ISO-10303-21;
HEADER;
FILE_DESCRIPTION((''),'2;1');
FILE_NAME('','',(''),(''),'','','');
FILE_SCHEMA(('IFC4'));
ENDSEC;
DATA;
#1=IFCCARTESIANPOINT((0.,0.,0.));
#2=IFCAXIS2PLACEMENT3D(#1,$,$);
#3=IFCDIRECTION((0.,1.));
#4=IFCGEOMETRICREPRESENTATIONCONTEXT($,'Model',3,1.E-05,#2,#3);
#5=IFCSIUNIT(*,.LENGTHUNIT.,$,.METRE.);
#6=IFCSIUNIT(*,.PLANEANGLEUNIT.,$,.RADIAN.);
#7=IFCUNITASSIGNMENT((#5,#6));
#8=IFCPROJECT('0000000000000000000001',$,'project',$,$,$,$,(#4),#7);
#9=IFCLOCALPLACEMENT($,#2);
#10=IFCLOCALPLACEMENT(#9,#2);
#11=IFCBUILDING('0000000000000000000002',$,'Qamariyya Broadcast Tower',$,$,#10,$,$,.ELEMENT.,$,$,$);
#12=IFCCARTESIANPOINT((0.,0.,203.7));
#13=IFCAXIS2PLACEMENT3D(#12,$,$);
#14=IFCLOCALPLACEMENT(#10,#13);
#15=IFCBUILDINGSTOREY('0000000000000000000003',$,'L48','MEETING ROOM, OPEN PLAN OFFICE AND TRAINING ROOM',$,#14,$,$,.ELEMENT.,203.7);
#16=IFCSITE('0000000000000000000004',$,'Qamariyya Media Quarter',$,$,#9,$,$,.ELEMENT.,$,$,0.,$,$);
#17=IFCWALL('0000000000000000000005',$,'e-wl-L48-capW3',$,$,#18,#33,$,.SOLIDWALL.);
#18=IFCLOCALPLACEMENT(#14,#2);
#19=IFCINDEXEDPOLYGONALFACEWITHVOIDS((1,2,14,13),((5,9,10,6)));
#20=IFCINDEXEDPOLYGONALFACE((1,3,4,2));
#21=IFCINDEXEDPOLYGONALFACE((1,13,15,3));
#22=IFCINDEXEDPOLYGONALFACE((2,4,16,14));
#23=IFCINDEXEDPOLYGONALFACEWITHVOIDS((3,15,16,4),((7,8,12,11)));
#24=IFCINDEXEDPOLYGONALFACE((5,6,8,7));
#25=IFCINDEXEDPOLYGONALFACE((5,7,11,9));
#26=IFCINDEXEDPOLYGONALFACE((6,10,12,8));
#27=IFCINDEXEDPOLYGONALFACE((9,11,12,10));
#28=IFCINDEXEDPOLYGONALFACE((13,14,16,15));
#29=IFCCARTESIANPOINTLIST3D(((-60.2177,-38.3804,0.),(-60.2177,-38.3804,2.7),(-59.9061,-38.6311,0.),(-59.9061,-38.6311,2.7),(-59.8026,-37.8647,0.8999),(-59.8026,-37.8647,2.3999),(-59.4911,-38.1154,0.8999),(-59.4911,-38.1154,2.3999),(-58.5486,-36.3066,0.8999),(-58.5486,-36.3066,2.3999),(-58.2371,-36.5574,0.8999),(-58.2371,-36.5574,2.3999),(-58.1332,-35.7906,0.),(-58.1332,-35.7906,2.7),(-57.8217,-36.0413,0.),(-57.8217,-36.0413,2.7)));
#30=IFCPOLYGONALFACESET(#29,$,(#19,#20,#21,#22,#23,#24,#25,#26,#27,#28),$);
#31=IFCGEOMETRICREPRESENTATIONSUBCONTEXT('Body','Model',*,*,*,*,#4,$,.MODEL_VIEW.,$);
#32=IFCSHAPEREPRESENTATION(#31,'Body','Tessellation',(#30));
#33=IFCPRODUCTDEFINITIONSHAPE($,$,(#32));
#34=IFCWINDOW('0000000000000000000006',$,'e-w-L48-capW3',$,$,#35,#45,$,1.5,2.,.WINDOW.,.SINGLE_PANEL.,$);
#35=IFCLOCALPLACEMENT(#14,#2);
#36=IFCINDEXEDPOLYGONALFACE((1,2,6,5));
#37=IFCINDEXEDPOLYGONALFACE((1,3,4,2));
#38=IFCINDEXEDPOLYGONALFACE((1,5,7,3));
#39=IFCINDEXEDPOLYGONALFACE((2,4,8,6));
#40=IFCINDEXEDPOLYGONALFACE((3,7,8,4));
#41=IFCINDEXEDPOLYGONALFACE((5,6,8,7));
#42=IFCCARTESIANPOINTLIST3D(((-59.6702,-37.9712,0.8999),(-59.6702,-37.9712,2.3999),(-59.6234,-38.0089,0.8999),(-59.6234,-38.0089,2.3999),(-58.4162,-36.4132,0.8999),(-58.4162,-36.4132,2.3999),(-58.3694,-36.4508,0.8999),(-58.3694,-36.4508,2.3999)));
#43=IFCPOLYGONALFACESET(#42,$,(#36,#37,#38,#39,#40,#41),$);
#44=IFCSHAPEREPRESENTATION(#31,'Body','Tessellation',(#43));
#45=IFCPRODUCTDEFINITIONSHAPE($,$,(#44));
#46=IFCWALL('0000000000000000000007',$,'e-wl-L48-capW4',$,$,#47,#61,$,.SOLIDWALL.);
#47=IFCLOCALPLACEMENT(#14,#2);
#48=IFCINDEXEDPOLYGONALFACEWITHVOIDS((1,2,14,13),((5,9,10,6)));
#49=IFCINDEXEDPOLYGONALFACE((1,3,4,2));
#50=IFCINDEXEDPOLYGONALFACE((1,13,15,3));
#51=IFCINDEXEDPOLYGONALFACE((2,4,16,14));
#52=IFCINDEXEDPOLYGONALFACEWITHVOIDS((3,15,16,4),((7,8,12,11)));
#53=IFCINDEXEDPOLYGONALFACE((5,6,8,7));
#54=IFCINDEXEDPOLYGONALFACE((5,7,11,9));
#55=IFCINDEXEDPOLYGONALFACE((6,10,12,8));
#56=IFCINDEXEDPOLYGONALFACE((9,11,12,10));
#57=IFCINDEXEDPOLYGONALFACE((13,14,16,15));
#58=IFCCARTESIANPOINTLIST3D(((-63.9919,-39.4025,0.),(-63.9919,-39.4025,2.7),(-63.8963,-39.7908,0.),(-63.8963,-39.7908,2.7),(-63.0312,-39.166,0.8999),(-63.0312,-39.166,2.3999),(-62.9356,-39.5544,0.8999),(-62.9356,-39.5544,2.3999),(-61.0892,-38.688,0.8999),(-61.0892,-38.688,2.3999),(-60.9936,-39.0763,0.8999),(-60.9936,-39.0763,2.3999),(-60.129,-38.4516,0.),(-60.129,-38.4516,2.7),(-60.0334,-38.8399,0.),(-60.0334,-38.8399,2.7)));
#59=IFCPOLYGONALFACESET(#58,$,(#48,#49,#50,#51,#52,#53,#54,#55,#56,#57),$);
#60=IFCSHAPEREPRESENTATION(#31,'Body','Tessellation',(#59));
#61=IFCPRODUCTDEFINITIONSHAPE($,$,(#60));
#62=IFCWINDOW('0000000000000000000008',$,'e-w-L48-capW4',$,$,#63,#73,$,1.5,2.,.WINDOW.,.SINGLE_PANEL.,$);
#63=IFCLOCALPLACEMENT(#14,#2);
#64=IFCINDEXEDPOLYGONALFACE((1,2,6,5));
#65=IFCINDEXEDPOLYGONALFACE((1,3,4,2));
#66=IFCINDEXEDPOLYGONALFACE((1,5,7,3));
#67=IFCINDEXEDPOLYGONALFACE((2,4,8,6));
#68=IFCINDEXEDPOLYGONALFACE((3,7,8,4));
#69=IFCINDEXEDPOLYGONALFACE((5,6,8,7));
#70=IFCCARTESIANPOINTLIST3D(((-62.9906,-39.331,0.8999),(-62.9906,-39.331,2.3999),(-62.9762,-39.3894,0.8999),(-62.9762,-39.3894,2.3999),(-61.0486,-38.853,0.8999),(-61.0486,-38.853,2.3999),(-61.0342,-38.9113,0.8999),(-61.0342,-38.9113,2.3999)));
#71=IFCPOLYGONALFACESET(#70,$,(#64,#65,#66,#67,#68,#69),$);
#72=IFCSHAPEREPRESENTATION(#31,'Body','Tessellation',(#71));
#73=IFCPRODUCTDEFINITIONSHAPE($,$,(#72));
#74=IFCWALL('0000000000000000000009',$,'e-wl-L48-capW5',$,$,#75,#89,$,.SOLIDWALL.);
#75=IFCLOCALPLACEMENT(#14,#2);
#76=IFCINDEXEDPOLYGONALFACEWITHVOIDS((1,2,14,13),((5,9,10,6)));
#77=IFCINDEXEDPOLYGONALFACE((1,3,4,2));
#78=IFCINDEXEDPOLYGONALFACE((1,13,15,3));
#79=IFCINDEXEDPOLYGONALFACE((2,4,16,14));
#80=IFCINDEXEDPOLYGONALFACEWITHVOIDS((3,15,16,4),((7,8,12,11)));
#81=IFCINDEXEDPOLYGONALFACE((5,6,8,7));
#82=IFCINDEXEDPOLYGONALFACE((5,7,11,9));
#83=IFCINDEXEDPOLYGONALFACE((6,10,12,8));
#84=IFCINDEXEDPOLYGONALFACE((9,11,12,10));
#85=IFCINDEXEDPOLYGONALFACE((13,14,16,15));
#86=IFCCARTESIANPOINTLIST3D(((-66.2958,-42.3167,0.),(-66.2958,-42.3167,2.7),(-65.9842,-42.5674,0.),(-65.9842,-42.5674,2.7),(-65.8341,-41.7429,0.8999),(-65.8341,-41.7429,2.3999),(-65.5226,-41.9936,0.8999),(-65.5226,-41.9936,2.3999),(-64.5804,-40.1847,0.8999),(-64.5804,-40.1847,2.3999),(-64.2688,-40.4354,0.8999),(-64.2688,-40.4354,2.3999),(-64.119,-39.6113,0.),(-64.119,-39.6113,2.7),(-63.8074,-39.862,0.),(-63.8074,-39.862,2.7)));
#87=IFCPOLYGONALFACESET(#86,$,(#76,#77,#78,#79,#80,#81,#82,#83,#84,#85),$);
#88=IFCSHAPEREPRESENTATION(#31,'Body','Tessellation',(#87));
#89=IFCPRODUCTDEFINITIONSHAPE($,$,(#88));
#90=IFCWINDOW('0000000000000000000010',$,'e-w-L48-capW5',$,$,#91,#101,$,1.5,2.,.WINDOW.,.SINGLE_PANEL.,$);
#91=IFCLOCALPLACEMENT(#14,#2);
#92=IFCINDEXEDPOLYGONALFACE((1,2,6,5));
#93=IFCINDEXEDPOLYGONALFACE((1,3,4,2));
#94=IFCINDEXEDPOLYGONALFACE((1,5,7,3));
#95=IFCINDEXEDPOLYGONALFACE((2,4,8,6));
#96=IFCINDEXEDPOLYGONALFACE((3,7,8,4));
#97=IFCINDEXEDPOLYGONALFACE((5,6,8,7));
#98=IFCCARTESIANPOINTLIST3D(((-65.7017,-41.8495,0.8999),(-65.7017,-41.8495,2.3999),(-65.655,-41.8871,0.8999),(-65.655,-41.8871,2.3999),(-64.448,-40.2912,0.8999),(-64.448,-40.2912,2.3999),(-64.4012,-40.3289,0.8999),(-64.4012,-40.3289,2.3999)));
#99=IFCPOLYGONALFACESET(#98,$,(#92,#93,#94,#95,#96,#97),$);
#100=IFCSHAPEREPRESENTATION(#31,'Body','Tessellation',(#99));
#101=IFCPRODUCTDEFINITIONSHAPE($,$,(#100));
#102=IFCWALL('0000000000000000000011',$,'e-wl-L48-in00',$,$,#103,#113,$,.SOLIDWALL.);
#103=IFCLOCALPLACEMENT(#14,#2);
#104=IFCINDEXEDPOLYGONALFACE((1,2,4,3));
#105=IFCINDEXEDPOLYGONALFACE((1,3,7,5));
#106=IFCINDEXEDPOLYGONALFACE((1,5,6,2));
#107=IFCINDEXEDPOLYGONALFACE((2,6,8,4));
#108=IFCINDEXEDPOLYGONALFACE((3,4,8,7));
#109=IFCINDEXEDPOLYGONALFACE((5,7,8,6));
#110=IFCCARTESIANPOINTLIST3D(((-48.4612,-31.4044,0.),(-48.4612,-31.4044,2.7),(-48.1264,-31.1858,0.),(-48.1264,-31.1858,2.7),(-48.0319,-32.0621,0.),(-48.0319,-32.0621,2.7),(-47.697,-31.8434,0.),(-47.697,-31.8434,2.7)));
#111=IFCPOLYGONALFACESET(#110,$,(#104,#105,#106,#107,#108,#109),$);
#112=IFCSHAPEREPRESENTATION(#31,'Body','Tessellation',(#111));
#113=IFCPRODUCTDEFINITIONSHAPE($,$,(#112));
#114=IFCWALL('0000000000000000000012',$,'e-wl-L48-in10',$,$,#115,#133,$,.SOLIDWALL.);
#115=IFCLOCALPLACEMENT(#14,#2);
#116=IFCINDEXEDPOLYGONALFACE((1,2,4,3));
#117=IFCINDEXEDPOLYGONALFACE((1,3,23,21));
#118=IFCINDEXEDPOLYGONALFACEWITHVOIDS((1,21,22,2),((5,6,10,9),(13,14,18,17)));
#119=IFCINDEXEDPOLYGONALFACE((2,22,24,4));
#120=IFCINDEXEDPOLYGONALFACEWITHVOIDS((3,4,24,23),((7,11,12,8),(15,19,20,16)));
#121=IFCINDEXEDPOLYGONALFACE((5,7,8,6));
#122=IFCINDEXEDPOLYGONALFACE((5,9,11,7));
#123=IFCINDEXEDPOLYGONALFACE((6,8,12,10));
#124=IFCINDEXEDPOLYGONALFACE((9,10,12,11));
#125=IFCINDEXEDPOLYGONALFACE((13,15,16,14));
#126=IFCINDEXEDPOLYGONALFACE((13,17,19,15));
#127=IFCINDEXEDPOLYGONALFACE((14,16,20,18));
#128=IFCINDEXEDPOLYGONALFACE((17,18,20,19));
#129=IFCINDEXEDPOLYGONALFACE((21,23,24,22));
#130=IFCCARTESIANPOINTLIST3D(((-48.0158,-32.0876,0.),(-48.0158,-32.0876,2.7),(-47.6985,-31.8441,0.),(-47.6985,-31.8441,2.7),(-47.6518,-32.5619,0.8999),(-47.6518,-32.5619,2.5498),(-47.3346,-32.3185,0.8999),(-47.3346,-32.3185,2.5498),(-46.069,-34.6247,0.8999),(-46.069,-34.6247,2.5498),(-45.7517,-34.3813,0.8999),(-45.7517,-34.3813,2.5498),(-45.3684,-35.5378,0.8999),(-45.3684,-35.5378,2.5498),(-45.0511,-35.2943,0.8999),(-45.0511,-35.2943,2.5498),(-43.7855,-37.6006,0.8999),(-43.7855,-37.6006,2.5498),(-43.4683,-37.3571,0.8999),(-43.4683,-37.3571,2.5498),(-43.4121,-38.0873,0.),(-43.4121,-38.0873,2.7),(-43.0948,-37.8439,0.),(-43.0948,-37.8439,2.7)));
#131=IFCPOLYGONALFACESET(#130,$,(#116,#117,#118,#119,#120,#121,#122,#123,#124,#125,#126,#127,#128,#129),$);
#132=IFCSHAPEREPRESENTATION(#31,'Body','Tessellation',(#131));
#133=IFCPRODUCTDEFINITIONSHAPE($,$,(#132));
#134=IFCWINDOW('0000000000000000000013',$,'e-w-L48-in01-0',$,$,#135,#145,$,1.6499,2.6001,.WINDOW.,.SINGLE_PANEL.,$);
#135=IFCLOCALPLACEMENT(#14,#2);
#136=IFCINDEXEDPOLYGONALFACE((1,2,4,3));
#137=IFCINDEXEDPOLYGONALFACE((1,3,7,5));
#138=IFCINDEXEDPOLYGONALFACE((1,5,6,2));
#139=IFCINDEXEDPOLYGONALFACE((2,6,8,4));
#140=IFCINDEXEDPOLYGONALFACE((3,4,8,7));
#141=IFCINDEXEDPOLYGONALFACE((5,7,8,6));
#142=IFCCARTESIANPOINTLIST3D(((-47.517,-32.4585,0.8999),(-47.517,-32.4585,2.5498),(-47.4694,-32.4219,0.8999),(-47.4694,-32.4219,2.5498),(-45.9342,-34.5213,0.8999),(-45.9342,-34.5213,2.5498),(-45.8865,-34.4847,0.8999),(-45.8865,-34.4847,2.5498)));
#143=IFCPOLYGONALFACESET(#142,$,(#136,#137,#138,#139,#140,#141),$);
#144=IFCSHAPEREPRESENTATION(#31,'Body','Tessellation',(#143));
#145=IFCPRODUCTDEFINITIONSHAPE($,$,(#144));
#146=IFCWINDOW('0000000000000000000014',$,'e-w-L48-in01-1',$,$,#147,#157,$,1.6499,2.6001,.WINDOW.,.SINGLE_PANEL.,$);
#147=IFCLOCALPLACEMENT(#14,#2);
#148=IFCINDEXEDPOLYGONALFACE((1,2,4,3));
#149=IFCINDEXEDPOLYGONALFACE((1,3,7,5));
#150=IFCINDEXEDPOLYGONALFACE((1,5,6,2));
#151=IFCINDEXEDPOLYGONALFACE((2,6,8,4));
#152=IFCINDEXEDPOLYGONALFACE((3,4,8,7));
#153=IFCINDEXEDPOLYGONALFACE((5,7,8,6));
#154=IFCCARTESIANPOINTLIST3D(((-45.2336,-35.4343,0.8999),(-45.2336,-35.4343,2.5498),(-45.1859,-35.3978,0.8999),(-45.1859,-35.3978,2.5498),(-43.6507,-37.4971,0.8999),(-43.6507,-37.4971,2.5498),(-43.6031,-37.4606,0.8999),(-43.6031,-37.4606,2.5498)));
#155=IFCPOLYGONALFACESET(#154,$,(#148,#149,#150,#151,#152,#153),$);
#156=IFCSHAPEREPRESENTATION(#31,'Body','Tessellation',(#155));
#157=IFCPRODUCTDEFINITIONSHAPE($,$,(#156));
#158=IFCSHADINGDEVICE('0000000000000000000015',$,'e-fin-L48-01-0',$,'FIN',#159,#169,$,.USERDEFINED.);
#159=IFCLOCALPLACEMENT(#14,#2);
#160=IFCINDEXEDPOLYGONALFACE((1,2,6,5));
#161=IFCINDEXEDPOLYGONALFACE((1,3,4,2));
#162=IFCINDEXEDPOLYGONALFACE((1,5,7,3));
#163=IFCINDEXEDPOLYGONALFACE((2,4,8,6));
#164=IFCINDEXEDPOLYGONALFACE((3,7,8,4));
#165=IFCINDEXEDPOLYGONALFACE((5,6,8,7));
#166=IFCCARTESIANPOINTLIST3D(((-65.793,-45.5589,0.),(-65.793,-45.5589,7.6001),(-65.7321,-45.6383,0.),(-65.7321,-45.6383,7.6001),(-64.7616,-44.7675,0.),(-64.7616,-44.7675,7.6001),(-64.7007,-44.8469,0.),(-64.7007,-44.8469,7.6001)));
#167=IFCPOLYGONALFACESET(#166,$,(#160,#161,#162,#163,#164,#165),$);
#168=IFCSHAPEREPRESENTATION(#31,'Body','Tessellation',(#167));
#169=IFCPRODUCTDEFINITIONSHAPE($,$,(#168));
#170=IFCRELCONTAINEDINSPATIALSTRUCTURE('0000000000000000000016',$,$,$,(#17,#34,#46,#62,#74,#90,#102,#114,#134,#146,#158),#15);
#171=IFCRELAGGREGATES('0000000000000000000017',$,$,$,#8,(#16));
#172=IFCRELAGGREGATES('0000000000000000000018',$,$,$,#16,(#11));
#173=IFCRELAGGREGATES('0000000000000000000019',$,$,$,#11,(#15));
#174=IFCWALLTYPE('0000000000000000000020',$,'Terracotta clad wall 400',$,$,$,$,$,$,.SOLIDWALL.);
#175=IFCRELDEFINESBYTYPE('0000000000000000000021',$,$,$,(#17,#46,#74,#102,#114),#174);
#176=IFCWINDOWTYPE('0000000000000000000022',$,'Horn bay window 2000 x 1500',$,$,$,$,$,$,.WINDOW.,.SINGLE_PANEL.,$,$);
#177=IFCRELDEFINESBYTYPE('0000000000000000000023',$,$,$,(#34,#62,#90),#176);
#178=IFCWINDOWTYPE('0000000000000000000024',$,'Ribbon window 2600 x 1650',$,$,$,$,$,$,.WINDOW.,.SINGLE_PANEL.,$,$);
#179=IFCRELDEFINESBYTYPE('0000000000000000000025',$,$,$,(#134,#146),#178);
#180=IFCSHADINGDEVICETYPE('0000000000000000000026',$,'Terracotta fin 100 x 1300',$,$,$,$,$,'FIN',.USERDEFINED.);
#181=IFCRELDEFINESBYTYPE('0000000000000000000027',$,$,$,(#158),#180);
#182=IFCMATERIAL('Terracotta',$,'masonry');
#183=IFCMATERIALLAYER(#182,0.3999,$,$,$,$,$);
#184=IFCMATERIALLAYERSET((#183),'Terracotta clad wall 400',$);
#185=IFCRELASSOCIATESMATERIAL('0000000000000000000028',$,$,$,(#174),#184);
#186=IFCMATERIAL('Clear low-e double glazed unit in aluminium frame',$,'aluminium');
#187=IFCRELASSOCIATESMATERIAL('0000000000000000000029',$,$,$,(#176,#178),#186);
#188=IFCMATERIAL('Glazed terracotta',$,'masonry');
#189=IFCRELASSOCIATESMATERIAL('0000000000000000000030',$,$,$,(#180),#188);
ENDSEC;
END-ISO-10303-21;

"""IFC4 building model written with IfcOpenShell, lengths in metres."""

from ifc_helpers import new_model, si_unit, direction, frame, frame_2d, origin, origin_2d, place, context, subcontext, project, spatial, rectangle, extrude, material, layer, layer_set, material_profile, profile_set, type_object, element, fill, save


model = new_model("IFC4")

# Units and contexts
model_context = context("Model", 3, precision=1e-05, world=origin(), true_north=direction((0.0, 1.0)))
body_context = subcontext(model_context, "Body", "Model", "MODEL_VIEW")
ifc_project = project(units=[si_unit("LENGTHUNIT", "METRE"), si_unit("PLANEANGLEUNIT", "RADIAN")], contexts=[model_context])

# Site, building, storey
site_placement = place(None, origin())
site = spatial("IfcSite", under=ifc_project, at=site_placement, Name="Qamariyya Media Quarter", CompositionType="ELEMENT", RefElevation=0.0)
building_placement = place(site_placement, origin())
building = spatial("IfcBuilding", under=site, at=building_placement, Name="Qamariyya Broadcast Tower", CompositionType="ELEMENT")
storey_placement = place(building_placement, frame((0.0, 0.0, 203.7)))
storey = spatial("IfcBuildingStorey", under=building, at=storey_placement, Name="L48", Description="MEETING ROOM, OPEN PLAN OFFICE AND TRAINING ROOM", CompositionType="ELEMENT", Elevation=203.7)

# Walls, openings, windows
ifc_material_1 = material(Name="Terracotta", Category="masonry")
ifc_layer = layer(ifc_material_1, 0.3999)
ifc_layer_set = layer_set([ifc_layer], Name="Terracotta clad wall 400")
wall_type = type_object("IfcWallType", Name="Terracotta clad wall 400", PredefinedType="SOLIDWALL", material=ifc_layer_set)
ifc_material_2 = material(Name="Clear low-e double glazed unit in aluminium frame", Category="aluminium")
window_type_1 = type_object("IfcWindowType", Name="Horn bay window 2000 x 1500", PartitioningType="SINGLE_PANEL", PredefinedType="WINDOW", material=ifc_material_2)
wall_1_placement = place(storey_placement, frame((-57.9775, -35.916, 0.0), z_axis=(0.0, 0.0, 1.0), x_axis=(-0.627003, -0.779017, 0.0)))
wall_1 = element("IfcWall", 1, at=wall_1_placement, inside=storey, type_object=wall_type, Name="e-wl-L48-capW3", PredefinedType="SOLIDWALL", context=body_context, shape_type="SweptSolid", body=[
    extrude(rectangle(XDim=3.3245, YDim=0.3999, at=frame_2d((1.6621, 0.0))), origin(), (0.0, 0.0, 1.0), 2.7),
])
opening_1_placement = place(wall_1_placement, frame((0.6624, 0.0, 0.8999)))
opening_1 = element("IfcOpeningElement", 2, at=opening_1_placement, cuts=wall_1, PredefinedType="OPENING", context=body_context, shape_type="SweptSolid", body=[
    extrude(rectangle(XDim=2.0, YDim=1.5, at=frame_2d((1.0, 0.75))), frame((0.0, 0.21, 0.0), z_axis=(0.0, -1.0, 0.0), x_axis=(1.0, 0.0, 0.0)), (0.0, 0.0, 1.0), 0.4199),
])
window_1_placement = place(opening_1_placement, origin())
window_1 = element("IfcWindow", 3, at=window_1_placement, inside=storey, type_object=window_type_1, Name="e-w-L48-capW3", OverallHeight=1.5, OverallWidth=2.0, PartitioningType="SINGLE_PANEL", PredefinedType="WINDOW", context=body_context, shape_type="SweptSolid", body=[
    extrude(rectangle(XDim=2.0, YDim=1.5, at=frame_2d((1.0, 0.75))), frame((0.0, 0.03, 0.0), z_axis=(0.0, -1.0, 0.0), x_axis=(1.0, 0.0, 0.0)), (0.0, 0.0, 1.0), 0.0601),
])
fill(opening_1, window_1)
wall_2_placement = place(storey_placement, frame((-60.0811, -38.6458, 0.0), z_axis=(0.0, 0.0, 1.0), x_axis=(-0.971013, -0.239025, 0.0)))
wall_2 = element("IfcWall", 4, at=wall_2_placement, inside=storey, type_object=wall_type, Name="e-wl-L48-capW4", PredefinedType="SOLIDWALL", context=body_context, shape_type="SweptSolid", body=[
    extrude(rectangle(XDim=3.9783, YDim=0.3999, at=frame_2d((1.9893, 0.0))), origin(), (0.0, 0.0, 1.0), 2.7),
])
opening_2_placement = place(wall_2_placement, frame((0.989, 0.0, 0.8999)))
opening_2 = element("IfcOpeningElement", 5, at=opening_2_placement, cuts=wall_2, PredefinedType="OPENING", context=body_context, shape_type="SweptSolid", body=[
    extrude(rectangle(XDim=2.0, YDim=1.5, at=frame_2d((1.0, 0.75))), frame((0.0, 0.21, 0.0), z_axis=(0.0, -1.0, 0.0), x_axis=(1.0, 0.0, 0.0)), (0.0, 0.0, 1.0), 0.4199),
])
window_2_placement = place(opening_2_placement, origin())
window_2 = element("IfcWindow", 6, at=window_2_placement, inside=storey, type_object=window_type_1, Name="e-w-L48-capW4", OverallHeight=1.5, OverallWidth=2.0, PartitioningType="SINGLE_PANEL", PredefinedType="WINDOW", context=body_context, shape_type="SweptSolid", body=[
    extrude(rectangle(XDim=2.0, YDim=1.5, at=frame_2d((1.0, 0.75))), frame((0.0, 0.03, 0.0), z_axis=(0.0, -1.0, 0.0), x_axis=(1.0, 0.0, 0.0)), (0.0, 0.0, 1.0), 0.0601),
])
fill(opening_2, window_2)
wall_3_placement = place(storey_placement, frame((-63.9631, -39.7366, 0.0), z_axis=(0.0, 0.0, 1.0), x_axis=(-0.626888, -0.77911, 0.0)))
wall_3 = element("IfcWall", 7, at=wall_3_placement, inside=storey, type_object=wall_type, Name="e-wl-L48-capW5", PredefinedType="SOLIDWALL", context=body_context, shape_type="SweptSolid", body=[
    extrude(rectangle(XDim=3.4724, YDim=0.3999, at=frame_2d((1.7363, 0.0))), origin(), (0.0, 0.0, 1.0), 2.7),
])
opening_3_placement = place(wall_3_placement, frame((0.7361, 0.0, 0.8999)))
opening_3 = element("IfcOpeningElement", 8, at=opening_3_placement, cuts=wall_3, PredefinedType="OPENING", context=body_context, shape_type="SweptSolid", body=[
    extrude(rectangle(XDim=2.0, YDim=1.5, at=frame_2d((1.0, 0.75))), frame((0.0, 0.21, 0.0), z_axis=(0.0, -1.0, 0.0), x_axis=(1.0, 0.0, 0.0)), (0.0, 0.0, 1.0), 0.4199),
])
window_3_placement = place(opening_3_placement, origin())
window_3 = element("IfcWindow", 9, at=window_3_placement, inside=storey, type_object=window_type_1, Name="e-w-L48-capW5", OverallHeight=1.5, OverallWidth=2.0, PartitioningType="SINGLE_PANEL", PredefinedType="WINDOW", context=body_context, shape_type="SweptSolid", body=[
    extrude(rectangle(XDim=2.0, YDim=1.5, at=frame_2d((1.0, 0.75))), frame((0.0, 0.03, 0.0), z_axis=(0.0, -1.0, 0.0), x_axis=(1.0, 0.0, 0.0)), (0.0, 0.0, 1.0), 0.0601),
])
fill(opening_3, window_3)

# Wall
wall_4_placement = place(storey_placement, frame((-47.8645, -31.9526, 0.0), z_axis=(0.0, 0.0, 1.0), x_axis=(-0.546713, 0.83732, 0.0)))
element("IfcWall", 10, at=wall_4_placement, inside=storey, type_object=wall_type, Name="e-wl-L48-in00", PredefinedType="SOLIDWALL", context=body_context, shape_type="SweptSolid", body=[
    extrude(rectangle(XDim=0.7854, YDim=0.3999, at=frame_2d((0.3926, 0.0))), origin(), (0.0, 0.0, 1.0), 2.7),
])

# Wall, openings, windows
wall_5_placement = place(storey_placement, frame((-43.2534, -37.9656, 0.0), z_axis=(0.0, 0.0, 1.0), x_axis=(-0.60876, 0.793354, 0.0)))
wall_5 = element("IfcWall", 11, at=wall_5_placement, inside=storey, type_object=wall_type, Name="e-wl-L48-in10", PredefinedType="SOLIDWALL", context=body_context, shape_type="SweptSolid", body=[
    extrude(rectangle(XDim=7.5625, YDim=0.3999, at=frame_2d((3.7812, 0.0))), origin(), (0.0, 0.0, 1.0), 2.7),
])
opening_4_placement = place(wall_5_placement, frame((4.3645, 0.0, 0.8999)))
opening_4 = element("IfcOpeningElement", 12, at=opening_4_placement, cuts=wall_5, PredefinedType="OPENING", context=body_context, shape_type="SweptSolid", body=[
    extrude(rectangle(XDim=2.6001, YDim=1.6499, at=frame_2d((1.3, 0.825))), frame((0.0, 0.21, 0.0), z_axis=(0.0, -1.0, 0.0), x_axis=(1.0, 0.0, 0.0)), (0.0, 0.0, 1.0), 0.4199),
])
opening_5_placement = place(wall_5_placement, frame((0.6135, 0.0, 0.8999)))
opening_5 = element("IfcOpeningElement", 13, at=opening_5_placement, cuts=wall_5, PredefinedType="OPENING", context=body_context, shape_type="SweptSolid", body=[
    extrude(rectangle(XDim=2.6001, YDim=1.6499, at=frame_2d((1.3, 0.825))), frame((0.0, 0.21, 0.0), z_axis=(0.0, -1.0, 0.0), x_axis=(1.0, 0.0, 0.0)), (0.0, 0.0, 1.0), 0.4199),
])
window_type_2 = type_object("IfcWindowType", Name="Ribbon window 2600 x 1650", PartitioningType="SINGLE_PANEL", PredefinedType="WINDOW", material=ifc_material_2)
window_4_placement = place(opening_4_placement, origin())
window_4 = element("IfcWindow", 14, at=window_4_placement, inside=storey, type_object=window_type_2, Name="e-w-L48-in01-0", OverallHeight=1.6499, OverallWidth=2.6001, PartitioningType="SINGLE_PANEL", PredefinedType="WINDOW", context=body_context, shape_type="SweptSolid", body=[
    extrude(rectangle(XDim=2.6001, YDim=1.6499, at=frame_2d((1.3, 0.825))), frame((0.0, 0.03, 0.0), z_axis=(0.0, -1.0, 0.0), x_axis=(1.0, 0.0, 0.0)), (0.0, 0.0, 1.0), 0.0601),
])
fill(opening_4, window_4)
window_5_placement = place(opening_5_placement, origin())
window_5 = element("IfcWindow", 15, at=window_5_placement, inside=storey, type_object=window_type_2, Name="e-w-L48-in01-1", OverallHeight=1.6499, OverallWidth=2.6001, PartitioningType="SINGLE_PANEL", PredefinedType="WINDOW", context=body_context, shape_type="SweptSolid", body=[
    extrude(rectangle(XDim=2.6001, YDim=1.6499, at=frame_2d((1.3, 0.825))), frame((0.0, 0.03, 0.0), z_axis=(0.0, -1.0, 0.0), x_axis=(1.0, 0.0, 0.0)), (0.0, 0.0, 1.0), 0.0601),
])
fill(opening_5, window_5)

# Shading device
ifc_material_3 = material(Name="Glazed terracotta", Category="masonry")
ifc_material_profile_1 = material_profile(ifc_material_3, rectangle(XDim=1.3, YDim=0.1001, at=origin_2d()))
ifc_profile_set_1 = profile_set([ifc_material_profile_1], Name="Glazed terracotta")
shading_device_type_1 = type_object("IfcShadingDeviceType", Name="Terracotta fin 100 x 1300", ElementType="FIN", PredefinedType="USERDEFINED", material=ifc_profile_set_1)
for number, where, z_axis, x_axis, name in (
    (16, (-65.2468, -45.2029, 0.0), (0.0, 0.0, 1.0), (-0.793353, -0.608761, 0.0), "e-fin-L48-01-0"),
):
    element("IfcShadingDevice", number, at=place(storey_placement, frame(where, z_axis=z_axis, x_axis=x_axis)), inside=storey, type_object=shading_device_type_1, Name=name, ObjectType="FIN", PredefinedType="USERDEFINED", context=body_context, shape_type="SweptSolid", body=[
        extrude(rectangle(XDim=1.3, YDim=0.1001, at=origin_2d()), origin(), (0.0, 0.0, 1.0), 7.6001),
    ])

save(model, "model.ifc")
